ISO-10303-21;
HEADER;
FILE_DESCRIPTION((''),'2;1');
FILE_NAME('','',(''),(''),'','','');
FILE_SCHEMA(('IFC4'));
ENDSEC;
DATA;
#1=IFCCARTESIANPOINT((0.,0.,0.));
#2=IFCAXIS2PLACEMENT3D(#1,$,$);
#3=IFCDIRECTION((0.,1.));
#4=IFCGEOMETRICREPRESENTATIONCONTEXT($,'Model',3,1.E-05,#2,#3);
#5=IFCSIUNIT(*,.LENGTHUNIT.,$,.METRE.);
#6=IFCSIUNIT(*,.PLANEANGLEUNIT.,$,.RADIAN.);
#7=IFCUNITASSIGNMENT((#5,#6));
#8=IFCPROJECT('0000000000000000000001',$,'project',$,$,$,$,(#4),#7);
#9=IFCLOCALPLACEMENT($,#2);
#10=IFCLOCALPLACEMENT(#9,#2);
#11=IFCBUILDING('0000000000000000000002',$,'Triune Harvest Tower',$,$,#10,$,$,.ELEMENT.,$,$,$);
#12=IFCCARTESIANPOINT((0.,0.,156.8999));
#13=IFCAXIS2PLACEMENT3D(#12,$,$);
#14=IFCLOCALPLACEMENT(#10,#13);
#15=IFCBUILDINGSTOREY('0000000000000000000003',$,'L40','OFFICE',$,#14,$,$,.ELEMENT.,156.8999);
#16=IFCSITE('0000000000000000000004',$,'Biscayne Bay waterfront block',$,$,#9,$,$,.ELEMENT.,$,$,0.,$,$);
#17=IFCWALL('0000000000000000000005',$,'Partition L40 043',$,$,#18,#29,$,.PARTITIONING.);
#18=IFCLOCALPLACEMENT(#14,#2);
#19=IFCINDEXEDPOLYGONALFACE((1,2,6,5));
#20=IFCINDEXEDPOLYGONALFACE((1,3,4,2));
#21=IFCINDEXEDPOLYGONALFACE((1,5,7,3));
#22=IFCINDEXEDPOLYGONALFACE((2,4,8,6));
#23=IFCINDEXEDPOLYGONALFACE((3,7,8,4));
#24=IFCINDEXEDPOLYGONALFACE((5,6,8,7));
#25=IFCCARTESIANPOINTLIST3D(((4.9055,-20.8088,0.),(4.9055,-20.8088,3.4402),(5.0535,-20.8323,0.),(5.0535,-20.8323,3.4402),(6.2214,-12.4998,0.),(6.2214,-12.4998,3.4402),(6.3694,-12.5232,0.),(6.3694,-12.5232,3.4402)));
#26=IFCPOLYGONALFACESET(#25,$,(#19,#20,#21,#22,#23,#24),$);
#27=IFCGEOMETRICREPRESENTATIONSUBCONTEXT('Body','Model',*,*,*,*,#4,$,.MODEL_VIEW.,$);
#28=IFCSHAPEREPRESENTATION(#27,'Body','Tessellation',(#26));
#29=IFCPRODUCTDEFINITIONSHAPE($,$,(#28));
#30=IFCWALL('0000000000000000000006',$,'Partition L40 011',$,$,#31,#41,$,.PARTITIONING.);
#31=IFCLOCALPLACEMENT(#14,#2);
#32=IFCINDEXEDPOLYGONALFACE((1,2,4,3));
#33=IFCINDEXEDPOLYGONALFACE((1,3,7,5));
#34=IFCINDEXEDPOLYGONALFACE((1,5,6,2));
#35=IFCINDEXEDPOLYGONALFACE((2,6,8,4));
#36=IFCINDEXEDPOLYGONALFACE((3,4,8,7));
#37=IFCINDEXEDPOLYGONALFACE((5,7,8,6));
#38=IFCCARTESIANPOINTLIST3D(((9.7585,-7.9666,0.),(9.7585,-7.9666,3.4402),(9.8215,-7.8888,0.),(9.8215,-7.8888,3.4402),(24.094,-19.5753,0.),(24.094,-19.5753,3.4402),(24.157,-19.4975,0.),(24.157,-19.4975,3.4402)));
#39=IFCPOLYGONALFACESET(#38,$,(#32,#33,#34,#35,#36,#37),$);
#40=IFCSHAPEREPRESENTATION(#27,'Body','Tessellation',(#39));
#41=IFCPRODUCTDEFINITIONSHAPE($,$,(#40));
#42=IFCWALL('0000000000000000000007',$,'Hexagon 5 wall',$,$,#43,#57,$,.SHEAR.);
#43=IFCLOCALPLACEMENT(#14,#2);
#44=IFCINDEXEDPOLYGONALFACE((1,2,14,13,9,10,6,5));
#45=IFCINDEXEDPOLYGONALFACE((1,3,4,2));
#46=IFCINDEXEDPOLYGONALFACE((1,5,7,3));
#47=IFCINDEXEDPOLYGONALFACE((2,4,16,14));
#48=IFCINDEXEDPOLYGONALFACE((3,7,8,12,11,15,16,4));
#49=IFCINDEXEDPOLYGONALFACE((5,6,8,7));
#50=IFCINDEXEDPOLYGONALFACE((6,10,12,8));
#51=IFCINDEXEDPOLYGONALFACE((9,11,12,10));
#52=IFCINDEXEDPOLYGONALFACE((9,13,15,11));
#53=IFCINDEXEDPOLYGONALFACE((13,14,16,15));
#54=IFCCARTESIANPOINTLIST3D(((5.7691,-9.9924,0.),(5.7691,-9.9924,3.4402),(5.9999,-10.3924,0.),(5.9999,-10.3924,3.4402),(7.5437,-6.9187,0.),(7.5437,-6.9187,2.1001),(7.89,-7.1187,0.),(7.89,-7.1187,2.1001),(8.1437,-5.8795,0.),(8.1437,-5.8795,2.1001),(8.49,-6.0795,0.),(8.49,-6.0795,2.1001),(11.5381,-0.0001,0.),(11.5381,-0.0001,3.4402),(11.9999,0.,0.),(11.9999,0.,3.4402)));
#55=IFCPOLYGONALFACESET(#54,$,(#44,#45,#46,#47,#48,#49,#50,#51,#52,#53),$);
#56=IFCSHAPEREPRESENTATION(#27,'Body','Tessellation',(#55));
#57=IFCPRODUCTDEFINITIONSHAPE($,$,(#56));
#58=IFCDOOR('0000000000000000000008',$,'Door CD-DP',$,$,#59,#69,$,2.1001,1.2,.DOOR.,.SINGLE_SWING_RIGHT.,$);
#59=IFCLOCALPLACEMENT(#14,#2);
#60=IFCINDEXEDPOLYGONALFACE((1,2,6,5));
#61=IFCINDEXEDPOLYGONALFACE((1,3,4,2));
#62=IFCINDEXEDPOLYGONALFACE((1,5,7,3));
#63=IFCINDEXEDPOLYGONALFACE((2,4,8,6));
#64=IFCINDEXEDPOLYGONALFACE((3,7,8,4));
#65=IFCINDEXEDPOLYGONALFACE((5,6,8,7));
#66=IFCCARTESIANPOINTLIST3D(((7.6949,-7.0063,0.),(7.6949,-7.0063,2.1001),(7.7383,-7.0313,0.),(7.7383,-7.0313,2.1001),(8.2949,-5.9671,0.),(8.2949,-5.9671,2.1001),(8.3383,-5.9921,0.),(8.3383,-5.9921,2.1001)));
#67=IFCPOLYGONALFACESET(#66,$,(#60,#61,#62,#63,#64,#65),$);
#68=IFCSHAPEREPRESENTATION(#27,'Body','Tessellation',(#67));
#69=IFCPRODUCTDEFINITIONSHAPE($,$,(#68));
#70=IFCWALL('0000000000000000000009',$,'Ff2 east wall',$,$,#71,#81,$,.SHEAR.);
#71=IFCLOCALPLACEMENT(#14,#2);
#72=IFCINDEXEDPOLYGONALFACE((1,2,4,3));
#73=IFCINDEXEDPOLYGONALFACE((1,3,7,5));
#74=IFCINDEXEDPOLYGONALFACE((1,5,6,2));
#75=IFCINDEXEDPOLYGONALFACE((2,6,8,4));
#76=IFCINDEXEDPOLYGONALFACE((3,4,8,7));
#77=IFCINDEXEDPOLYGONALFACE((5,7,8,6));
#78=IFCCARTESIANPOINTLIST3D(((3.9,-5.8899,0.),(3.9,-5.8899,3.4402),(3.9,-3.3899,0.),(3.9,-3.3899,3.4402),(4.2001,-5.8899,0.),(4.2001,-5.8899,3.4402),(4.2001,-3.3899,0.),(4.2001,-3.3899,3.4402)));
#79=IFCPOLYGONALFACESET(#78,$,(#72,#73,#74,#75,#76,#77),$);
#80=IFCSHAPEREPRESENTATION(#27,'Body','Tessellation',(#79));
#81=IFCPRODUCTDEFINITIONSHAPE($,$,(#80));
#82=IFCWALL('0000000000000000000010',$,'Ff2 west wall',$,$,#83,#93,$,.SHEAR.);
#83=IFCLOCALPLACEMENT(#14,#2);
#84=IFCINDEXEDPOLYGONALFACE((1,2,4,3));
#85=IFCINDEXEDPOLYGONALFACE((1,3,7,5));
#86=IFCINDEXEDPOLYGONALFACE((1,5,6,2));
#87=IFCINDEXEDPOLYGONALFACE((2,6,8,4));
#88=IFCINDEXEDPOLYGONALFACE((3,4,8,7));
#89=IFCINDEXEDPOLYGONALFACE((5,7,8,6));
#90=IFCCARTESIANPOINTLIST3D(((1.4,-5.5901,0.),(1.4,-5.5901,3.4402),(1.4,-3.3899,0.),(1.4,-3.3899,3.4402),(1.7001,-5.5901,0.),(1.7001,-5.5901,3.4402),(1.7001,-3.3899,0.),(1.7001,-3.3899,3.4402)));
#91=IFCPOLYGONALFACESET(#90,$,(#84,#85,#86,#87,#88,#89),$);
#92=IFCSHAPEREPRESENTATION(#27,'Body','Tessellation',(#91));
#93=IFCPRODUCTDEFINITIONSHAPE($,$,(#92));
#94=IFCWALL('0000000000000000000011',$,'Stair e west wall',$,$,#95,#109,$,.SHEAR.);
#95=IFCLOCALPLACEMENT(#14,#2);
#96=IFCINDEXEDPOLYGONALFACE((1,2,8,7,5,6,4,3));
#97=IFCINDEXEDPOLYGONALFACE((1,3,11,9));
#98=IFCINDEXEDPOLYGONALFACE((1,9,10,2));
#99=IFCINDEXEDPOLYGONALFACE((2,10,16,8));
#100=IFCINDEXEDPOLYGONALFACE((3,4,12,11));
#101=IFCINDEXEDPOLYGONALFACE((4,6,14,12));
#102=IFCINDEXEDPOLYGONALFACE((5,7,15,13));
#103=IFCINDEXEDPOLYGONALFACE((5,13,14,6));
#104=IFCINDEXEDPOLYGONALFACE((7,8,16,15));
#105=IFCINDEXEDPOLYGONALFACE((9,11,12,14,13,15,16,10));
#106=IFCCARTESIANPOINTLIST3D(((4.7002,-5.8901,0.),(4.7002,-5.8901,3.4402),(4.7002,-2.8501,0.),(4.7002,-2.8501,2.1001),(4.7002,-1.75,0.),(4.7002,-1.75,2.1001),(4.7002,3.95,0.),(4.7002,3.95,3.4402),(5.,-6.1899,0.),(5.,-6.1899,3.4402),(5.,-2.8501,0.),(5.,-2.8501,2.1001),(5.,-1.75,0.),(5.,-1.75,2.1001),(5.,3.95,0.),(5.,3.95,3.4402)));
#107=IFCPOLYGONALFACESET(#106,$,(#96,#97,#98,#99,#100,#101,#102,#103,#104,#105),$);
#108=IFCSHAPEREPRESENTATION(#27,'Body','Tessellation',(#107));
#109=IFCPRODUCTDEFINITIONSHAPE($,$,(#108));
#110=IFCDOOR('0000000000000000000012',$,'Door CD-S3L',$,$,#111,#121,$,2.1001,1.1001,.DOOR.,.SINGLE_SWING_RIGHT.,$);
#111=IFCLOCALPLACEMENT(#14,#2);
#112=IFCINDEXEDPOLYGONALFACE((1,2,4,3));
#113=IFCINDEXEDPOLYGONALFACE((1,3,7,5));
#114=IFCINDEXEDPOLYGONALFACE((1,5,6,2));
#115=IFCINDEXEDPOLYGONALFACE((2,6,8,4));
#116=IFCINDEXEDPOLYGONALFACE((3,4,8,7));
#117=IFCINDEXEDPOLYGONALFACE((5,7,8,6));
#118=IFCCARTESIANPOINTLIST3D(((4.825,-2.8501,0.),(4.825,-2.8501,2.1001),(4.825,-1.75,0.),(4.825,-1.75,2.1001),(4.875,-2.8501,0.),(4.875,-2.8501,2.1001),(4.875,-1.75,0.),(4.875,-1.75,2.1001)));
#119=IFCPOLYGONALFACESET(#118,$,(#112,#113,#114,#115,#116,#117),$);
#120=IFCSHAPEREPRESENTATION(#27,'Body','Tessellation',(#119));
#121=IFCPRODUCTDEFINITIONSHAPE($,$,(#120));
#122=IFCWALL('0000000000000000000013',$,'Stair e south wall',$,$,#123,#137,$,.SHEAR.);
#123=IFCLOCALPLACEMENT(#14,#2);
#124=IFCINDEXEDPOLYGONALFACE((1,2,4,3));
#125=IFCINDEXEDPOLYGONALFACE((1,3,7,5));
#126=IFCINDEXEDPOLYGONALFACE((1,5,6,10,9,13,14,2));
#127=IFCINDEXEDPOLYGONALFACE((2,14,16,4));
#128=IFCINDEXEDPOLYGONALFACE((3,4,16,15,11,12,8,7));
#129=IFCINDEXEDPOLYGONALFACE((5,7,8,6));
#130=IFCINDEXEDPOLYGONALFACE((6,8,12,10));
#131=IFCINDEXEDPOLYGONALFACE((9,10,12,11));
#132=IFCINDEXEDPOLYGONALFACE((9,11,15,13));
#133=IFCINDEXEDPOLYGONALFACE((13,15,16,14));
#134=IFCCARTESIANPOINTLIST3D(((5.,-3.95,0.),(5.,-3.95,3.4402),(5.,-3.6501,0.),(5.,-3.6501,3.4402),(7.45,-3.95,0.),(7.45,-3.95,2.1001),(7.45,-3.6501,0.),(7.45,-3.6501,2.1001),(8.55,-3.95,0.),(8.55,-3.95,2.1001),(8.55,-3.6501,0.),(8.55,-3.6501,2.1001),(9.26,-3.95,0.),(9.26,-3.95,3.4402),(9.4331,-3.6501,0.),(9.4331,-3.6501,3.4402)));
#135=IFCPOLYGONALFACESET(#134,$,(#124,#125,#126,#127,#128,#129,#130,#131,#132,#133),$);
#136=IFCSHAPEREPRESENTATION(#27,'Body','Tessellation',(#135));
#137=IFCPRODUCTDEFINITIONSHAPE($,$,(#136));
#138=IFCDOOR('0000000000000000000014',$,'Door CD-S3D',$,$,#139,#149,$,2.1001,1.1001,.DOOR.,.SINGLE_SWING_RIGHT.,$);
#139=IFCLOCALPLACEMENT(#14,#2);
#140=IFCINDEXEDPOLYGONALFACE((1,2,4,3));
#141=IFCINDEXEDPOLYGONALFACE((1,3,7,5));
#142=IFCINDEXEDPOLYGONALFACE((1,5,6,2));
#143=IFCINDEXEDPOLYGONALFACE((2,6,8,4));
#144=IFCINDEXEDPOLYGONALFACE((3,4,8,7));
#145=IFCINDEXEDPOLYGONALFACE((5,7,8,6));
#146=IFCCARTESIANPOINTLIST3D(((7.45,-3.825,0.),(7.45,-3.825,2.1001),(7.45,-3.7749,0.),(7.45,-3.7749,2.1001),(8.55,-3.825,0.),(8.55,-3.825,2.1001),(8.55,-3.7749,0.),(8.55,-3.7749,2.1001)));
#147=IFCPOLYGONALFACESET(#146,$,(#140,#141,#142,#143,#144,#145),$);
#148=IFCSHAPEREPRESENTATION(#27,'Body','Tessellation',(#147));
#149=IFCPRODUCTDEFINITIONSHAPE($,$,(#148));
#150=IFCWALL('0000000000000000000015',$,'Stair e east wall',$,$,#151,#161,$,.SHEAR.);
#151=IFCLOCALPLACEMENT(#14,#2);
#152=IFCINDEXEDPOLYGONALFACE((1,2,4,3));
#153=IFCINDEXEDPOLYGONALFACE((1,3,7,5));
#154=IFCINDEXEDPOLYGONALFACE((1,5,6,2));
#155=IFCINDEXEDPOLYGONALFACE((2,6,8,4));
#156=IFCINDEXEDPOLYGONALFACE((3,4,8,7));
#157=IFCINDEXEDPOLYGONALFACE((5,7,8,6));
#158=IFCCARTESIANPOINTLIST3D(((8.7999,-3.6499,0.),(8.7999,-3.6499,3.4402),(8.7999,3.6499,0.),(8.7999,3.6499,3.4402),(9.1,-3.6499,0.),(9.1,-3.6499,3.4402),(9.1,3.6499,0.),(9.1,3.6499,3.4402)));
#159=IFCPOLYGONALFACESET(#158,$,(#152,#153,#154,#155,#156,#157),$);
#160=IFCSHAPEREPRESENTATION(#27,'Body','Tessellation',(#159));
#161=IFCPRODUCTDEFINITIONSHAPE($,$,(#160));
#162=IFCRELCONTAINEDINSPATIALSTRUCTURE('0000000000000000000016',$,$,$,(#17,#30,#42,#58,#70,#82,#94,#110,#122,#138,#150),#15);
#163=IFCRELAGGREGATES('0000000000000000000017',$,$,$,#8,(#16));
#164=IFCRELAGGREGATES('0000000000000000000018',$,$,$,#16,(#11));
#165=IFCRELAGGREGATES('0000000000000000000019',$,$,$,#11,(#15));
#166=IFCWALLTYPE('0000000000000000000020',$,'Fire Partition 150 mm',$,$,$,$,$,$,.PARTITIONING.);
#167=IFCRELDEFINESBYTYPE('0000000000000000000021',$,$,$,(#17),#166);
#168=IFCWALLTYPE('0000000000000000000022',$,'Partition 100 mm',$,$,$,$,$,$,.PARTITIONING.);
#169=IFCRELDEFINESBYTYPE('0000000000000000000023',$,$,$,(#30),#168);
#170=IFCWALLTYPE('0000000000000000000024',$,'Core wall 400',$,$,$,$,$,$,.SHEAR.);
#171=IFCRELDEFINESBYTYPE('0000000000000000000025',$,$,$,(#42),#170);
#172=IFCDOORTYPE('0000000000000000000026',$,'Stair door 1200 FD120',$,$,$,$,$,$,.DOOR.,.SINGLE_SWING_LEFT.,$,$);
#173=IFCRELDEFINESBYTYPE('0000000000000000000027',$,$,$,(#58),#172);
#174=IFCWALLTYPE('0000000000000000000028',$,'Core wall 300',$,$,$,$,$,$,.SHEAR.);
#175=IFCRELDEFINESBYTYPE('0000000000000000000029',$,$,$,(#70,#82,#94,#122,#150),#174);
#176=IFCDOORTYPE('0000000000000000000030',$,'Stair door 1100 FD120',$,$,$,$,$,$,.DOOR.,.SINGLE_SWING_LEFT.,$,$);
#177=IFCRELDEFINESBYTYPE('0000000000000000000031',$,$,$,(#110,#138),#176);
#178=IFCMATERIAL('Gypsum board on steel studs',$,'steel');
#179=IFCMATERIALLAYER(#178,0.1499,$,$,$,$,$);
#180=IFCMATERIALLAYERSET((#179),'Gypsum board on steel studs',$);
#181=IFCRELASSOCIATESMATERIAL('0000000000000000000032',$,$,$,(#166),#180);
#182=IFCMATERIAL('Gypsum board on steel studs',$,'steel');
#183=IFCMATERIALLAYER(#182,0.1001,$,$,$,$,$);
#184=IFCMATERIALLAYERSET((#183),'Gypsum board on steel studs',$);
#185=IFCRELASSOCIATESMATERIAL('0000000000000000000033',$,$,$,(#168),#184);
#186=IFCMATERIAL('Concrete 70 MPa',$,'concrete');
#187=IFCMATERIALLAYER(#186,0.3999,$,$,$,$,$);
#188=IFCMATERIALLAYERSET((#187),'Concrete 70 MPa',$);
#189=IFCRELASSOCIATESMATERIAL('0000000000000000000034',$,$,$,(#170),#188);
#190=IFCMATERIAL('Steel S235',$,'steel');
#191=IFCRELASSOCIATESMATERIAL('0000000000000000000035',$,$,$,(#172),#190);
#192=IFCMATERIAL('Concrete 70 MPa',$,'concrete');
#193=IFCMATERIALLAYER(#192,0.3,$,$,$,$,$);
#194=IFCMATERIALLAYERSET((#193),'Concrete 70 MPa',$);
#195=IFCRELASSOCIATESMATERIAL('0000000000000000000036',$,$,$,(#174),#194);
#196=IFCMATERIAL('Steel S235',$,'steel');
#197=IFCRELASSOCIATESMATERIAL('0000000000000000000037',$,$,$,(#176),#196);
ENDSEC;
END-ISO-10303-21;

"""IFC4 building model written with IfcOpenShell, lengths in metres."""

from ifc_helpers import new_model, si_unit, direction, frame, frame_2d, origin, place, context, subcontext, project, spatial, polyline, rectangle, outline, extrude, source, transform, mapped, material, layer, layer_set, type_object, element, fill, save


model = new_model("IFC4")

# Units and contexts
model_context = context("Model", 3, precision=1e-05, world=origin(), true_north=direction((0.0, 1.0)))
body_context = subcontext(model_context, "Body", "Model", "MODEL_VIEW")
ifc_project = project(units=[si_unit("LENGTHUNIT", "METRE"), si_unit("PLANEANGLEUNIT", "RADIAN")], contexts=[model_context])

# Site, building, storey
site_placement = place(None, origin())
site = spatial("IfcSite", under=ifc_project, at=site_placement, Name="Biscayne Bay waterfront block", CompositionType="ELEMENT", RefElevation=0.0)
building_placement = place(site_placement, origin())
building = spatial("IfcBuilding", under=site, at=building_placement, Name="Triune Harvest Tower", CompositionType="ELEMENT")
storey_placement = place(building_placement, frame((0.0, 0.0, 156.8999)))
storey = spatial("IfcBuildingStorey", under=building, at=storey_placement, Name="L40", Description="OFFICE", CompositionType="ELEMENT", Elevation=156.8999)

# Shared definitions
ifc_material_1 = material(Name="Gypsum board on steel studs", Category="steel")
ifc_layer_1 = layer(ifc_material_1, 0.1499)
ifc_layer_set_1 = layer_set([ifc_layer_1], Name="Gypsum board on steel studs")
wall_type_1 = type_object("IfcWallType", Name="Fire Partition 150 mm", PredefinedType="PARTITIONING", material=ifc_layer_set_1)

# Walls
wall_1_placement = place(storey_placement, frame((4.9795, -20.8206, 0.0), z_axis=(0.0, 0.0, 1.0), x_axis=(0.156422, 0.98769, 0.0)))
element("IfcWall", 1, at=wall_1_placement, inside=storey, type_object=wall_type_1, Name="Partition L40 043", PredefinedType="PARTITIONING", context=body_context, shape_type="SweptSolid", body=[
    extrude(rectangle(XDim=8.4126, YDim=0.1499, at=frame_2d((4.2063, 0.0))), origin(), (0.0, 0.0, 1.0), 3.4402),
])
ifc_material_2 = material(Name="Gypsum board on steel studs", Category="steel")
ifc_layer_2 = layer(ifc_material_2, 0.1001)
ifc_layer_set_2 = layer_set([ifc_layer_2], Name="Gypsum board on steel studs")
wall_type_2 = type_object("IfcWallType", Name="Partition 100 mm", PredefinedType="PARTITIONING", material=ifc_layer_set_2)
wall_2_placement = place(storey_placement, frame((9.79, -7.9277, 0.0), z_axis=(0.0, 0.0, 1.0), x_axis=(0.777145, -0.629321, 0.0)))
element("IfcWall", 2, at=wall_2_placement, inside=storey, type_object=wall_type_2, Name="Partition L40 011", PredefinedType="PARTITIONING", context=body_context, shape_type="SweptSolid", body=[
    extrude(rectangle(XDim=18.4463, YDim=0.1001, at=frame_2d((9.2231, 0.0))), origin(), (0.0, 0.0, 1.0), 3.4402),
])

# Wall, opening, door
ifc_material_3 = material(Name="Concrete 70 MPa", Category="concrete")
ifc_layer_3 = layer(ifc_material_3, 0.3999)
ifc_layer_set_3 = layer_set([ifc_layer_3], Name="Concrete 70 MPa")
wall_type_3 = type_object("IfcWallType", Name="Core wall 400", PredefinedType="SHEAR", material=ifc_layer_set_3)
shared_shape_1 = source(origin(), body_context, "Body", "SweptSolid", [
    extrude(outline(polyline([(-0.1155, -0.2), (11.8845, -0.2), (11.6536, 0.2), (0.1155, 0.2), (-0.1155, -0.2)])), origin(), (0.0, 0.0, 1.0), 3.4402),
])
wall_3_placement = place(storey_placement, frame((5.8845, -10.1924, 0.0), z_axis=(0.0, 0.0, 1.0), x_axis=(0.499997, 0.866027, 0.0)))
wall_3 = element("IfcWall", 3, at=wall_3_placement, inside=storey, type_object=wall_type_3, Name="Hexagon 5 wall", PredefinedType="SHEAR", context=body_context, shape_type="MappedRepresentation", body=[
    mapped(shared_shape_1, transform((0.0, 0.0, 0.0), scale=1.0)),
])
opening_1_placement = place(wall_3_placement, frame((3.6646, 0.0, 0.0)))
opening_1 = element("IfcOpeningElement", 4, at=opening_1_placement, cuts=wall_3, PredefinedType="OPENING", context=body_context, shape_type="SweptSolid", body=[
    extrude(rectangle(XDim=1.2, YDim=2.1001, at=frame_2d((0.6001, 1.05))), frame((0.0, 0.21, 0.0), z_axis=(0.0, -1.0, 0.0), x_axis=(1.0, 0.0, 0.0)), (0.0, 0.0, 1.0), 0.4199),
])
ifc_material_4 = material(Name="Steel S235", Category="steel")
door_type_1 = type_object("IfcDoorType", Name="Stair door 1200 FD120", OperationType="SINGLE_SWING_LEFT", PredefinedType="DOOR", material=ifc_material_4)
door_1_placement = place(opening_1_placement, frame((1.2, 0.0, 0.0), z_axis=(0.0, 0.0, 1.0), x_axis=(-1.0, 0.0, 0.0)))
door_1 = element("IfcDoor", 5, at=door_1_placement, inside=storey, type_object=door_type_1, Name="Door CD-DP", OperationType="SINGLE_SWING_RIGHT", OverallHeight=2.1001, OverallWidth=1.2, PredefinedType="DOOR", context=body_context, shape_type="SweptSolid", body=[
    extrude(rectangle(XDim=1.2, YDim=2.1001, at=frame_2d((0.6001, 1.05))), frame((0.0, 0.0249, 0.0), z_axis=(0.0, -1.0, 0.0), x_axis=(1.0, 0.0, 0.0)), (0.0, 0.0, 1.0), 0.05),
])
fill(opening_1, door_1)

# Walls
ifc_material_5 = material(Name="Concrete 70 MPa", Category="concrete")
ifc_layer_4 = layer(ifc_material_5, 0.3)
ifc_layer_set_4 = layer_set([ifc_layer_4], Name="Concrete 70 MPa")
wall_type_4 = type_object("IfcWallType", Name="Core wall 300", PredefinedType="SHEAR", material=ifc_layer_set_4)
shared_shape_2 = source(origin(), body_context, "Body", "SweptSolid", [
    extrude(rectangle(XDim=2.5, YDim=0.3, at=frame_2d((1.25, 0.0))), origin(), (0.0, 0.0, 1.0), 3.4402),
])
wall_4_placement = place(storey_placement, frame((4.05, -5.8899, 0.0), z_axis=(0.0, 0.0, 1.0), x_axis=(0.0, 1.0, 0.0)))
element("IfcWall", 6, at=wall_4_placement, inside=storey, type_object=wall_type_4, Name="Ff2 east wall", PredefinedType="SHEAR", context=body_context, shape_type="MappedRepresentation", body=[
    mapped(shared_shape_2, transform((0.0, 0.0, 0.0), scale=1.0)),
])
shared_shape_3 = source(origin(), body_context, "Body", "SweptSolid", [
    extrude(rectangle(XDim=2.2002, YDim=0.3, at=frame_2d((1.1001, 0.0))), origin(), (0.0, 0.0, 1.0), 3.4402),
])
wall_5_placement = place(storey_placement, frame((1.55, -5.5901, 0.0), z_axis=(0.0, 0.0, 1.0), x_axis=(0.0, 1.0, 0.0)))
element("IfcWall", 7, at=wall_5_placement, inside=storey, type_object=wall_type_4, Name="Ff2 west wall", PredefinedType="SHEAR", context=body_context, shape_type="MappedRepresentation", body=[
    mapped(shared_shape_3, transform((0.0, 0.0, 0.0), scale=1.0)),
])

# Walls, openings, doors
shared_shape_4 = source(origin(), body_context, "Body", "SweptSolid", [
    extrude(outline(polyline([(-0.1499, -0.1499), (9.99, -0.1499), (9.99, 0.1499), (0.1499, 0.1499), (-0.1499, -0.1499)])), origin(), (0.0, 0.0, 1.0), 3.4402),
])
wall_6_placement = place(storey_placement, frame((4.8501, -6.04, 0.0), z_axis=(0.0, 0.0, 1.0), x_axis=(0.0, 1.0, 0.0)))
wall_6 = element("IfcWall", 8, at=wall_6_placement, inside=storey, type_object=wall_type_4, Name="Stair e west wall", PredefinedType="SHEAR", context=body_context, shape_type="MappedRepresentation", body=[
    mapped(shared_shape_4, transform((0.0, 0.0, 0.0), scale=1.0)),
])
opening_2_placement = place(wall_6_placement, frame((3.1899, 0.0, 0.0)))
opening_2 = element("IfcOpeningElement", 9, at=opening_2_placement, cuts=wall_6, PredefinedType="OPENING", context=body_context, shape_type="SweptSolid", body=[
    extrude(rectangle(XDim=1.1001, YDim=2.1001, at=frame_2d((0.55, 1.05))), frame((0.0, 0.1602, 0.0), z_axis=(0.0, -1.0, 0.0), x_axis=(1.0, 0.0, 0.0)), (0.0, 0.0, 1.0), 0.3201),
])
ifc_material_6 = material(Name="Steel S235", Category="steel")
door_type_2 = type_object("IfcDoorType", Name="Stair door 1100 FD120", OperationType="SINGLE_SWING_LEFT", PredefinedType="DOOR", material=ifc_material_6)
door_2_placement = place(opening_2_placement, frame((1.1001, 0.0, 0.0), z_axis=(0.0, 0.0, 1.0), x_axis=(-1.0, 0.0, 0.0)))
door_2 = element("IfcDoor", 10, at=door_2_placement, inside=storey, type_object=door_type_2, Name="Door CD-S3L", OperationType="SINGLE_SWING_RIGHT", OverallHeight=2.1001, OverallWidth=1.1001, PredefinedType="DOOR", context=body_context, shape_type="SweptSolid", body=[
    extrude(rectangle(XDim=1.1001, YDim=2.1001, at=frame_2d((0.55, 1.05))), frame((0.0, 0.0249, 0.0), z_axis=(0.0, -1.0, 0.0), x_axis=(1.0, 0.0, 0.0)), (0.0, 0.0, 1.0), 0.05),
])
fill(opening_2, door_2)
shared_shape_5 = source(origin(), body_context, "Body", "SweptSolid", [
    extrude(outline(polyline([(0.0, -0.1499), (0.0, 0.1499), (4.4331, 0.1499), (4.26, -0.1499), (0.0, -0.1499)])), origin(), (0.0, 0.0, 1.0), 3.4402),
])
wall_7_placement = place(storey_placement, frame((5.0, -3.8, 0.0), z_axis=(0.0, 0.0, 1.0), x_axis=(1.0, 0.0, 0.0)))
wall_7 = element("IfcWall", 11, at=wall_7_placement, inside=storey, type_object=wall_type_4, Name="Stair e south wall", PredefinedType="SHEAR", context=body_context, shape_type="MappedRepresentation", body=[
    mapped(shared_shape_5, transform((0.0, 0.0, 0.0), scale=1.0)),
])
opening_3_placement = place(wall_7_placement, frame((2.45, 0.0, 0.0)))
opening_3 = element("IfcOpeningElement", 12, at=opening_3_placement, cuts=wall_7, PredefinedType="OPENING", context=body_context, shape_type="SweptSolid", body=[
    extrude(rectangle(XDim=1.1001, YDim=2.1001, at=frame_2d((0.55, 1.05))), frame((0.0, 0.1602, 0.0), z_axis=(0.0, -1.0, 0.0), x_axis=(1.0, 0.0, 0.0)), (0.0, 0.0, 1.0), 0.3201),
])
door_3_placement = place(opening_3_placement, frame((1.1001, 0.0, 0.0), z_axis=(0.0, 0.0, 1.0), x_axis=(-1.0, 0.0, 0.0)))
door_3 = element("IfcDoor", 13, at=door_3_placement, inside=storey, type_object=door_type_2, Name="Door CD-S3D", OperationType="SINGLE_SWING_RIGHT", OverallHeight=2.1001, OverallWidth=1.1001, PredefinedType="DOOR", context=body_context, shape_type="SweptSolid", body=[
    extrude(rectangle(XDim=1.1001, YDim=2.1001, at=frame_2d((0.55, 1.05))), frame((0.0, 0.0249, 0.0), z_axis=(0.0, -1.0, 0.0), x_axis=(1.0, 0.0, 0.0)), (0.0, 0.0, 1.0), 0.05),
])
fill(opening_3, door_3)

# Wall
shared_shape_6 = source(origin(), body_context, "Body", "SweptSolid", [
    extrude(rectangle(XDim=7.2998, YDim=0.3, at=frame_2d((3.6499, 0.0))), origin(), (0.0, 0.0, 1.0), 3.4402),
])
wall_8_placement = place(storey_placement, frame((8.95, -3.6499, 0.0), z_axis=(0.0, 0.0, 1.0), x_axis=(0.0, 1.0, 0.0)))
element("IfcWall", 14, at=wall_8_placement, inside=storey, type_object=wall_type_4, Name="Stair e east wall", PredefinedType="SHEAR", context=body_context, shape_type="MappedRepresentation", body=[
    mapped(shared_shape_6, transform((0.0, 0.0, 0.0), scale=1.0)),
])

save(model, "model.ifc")
